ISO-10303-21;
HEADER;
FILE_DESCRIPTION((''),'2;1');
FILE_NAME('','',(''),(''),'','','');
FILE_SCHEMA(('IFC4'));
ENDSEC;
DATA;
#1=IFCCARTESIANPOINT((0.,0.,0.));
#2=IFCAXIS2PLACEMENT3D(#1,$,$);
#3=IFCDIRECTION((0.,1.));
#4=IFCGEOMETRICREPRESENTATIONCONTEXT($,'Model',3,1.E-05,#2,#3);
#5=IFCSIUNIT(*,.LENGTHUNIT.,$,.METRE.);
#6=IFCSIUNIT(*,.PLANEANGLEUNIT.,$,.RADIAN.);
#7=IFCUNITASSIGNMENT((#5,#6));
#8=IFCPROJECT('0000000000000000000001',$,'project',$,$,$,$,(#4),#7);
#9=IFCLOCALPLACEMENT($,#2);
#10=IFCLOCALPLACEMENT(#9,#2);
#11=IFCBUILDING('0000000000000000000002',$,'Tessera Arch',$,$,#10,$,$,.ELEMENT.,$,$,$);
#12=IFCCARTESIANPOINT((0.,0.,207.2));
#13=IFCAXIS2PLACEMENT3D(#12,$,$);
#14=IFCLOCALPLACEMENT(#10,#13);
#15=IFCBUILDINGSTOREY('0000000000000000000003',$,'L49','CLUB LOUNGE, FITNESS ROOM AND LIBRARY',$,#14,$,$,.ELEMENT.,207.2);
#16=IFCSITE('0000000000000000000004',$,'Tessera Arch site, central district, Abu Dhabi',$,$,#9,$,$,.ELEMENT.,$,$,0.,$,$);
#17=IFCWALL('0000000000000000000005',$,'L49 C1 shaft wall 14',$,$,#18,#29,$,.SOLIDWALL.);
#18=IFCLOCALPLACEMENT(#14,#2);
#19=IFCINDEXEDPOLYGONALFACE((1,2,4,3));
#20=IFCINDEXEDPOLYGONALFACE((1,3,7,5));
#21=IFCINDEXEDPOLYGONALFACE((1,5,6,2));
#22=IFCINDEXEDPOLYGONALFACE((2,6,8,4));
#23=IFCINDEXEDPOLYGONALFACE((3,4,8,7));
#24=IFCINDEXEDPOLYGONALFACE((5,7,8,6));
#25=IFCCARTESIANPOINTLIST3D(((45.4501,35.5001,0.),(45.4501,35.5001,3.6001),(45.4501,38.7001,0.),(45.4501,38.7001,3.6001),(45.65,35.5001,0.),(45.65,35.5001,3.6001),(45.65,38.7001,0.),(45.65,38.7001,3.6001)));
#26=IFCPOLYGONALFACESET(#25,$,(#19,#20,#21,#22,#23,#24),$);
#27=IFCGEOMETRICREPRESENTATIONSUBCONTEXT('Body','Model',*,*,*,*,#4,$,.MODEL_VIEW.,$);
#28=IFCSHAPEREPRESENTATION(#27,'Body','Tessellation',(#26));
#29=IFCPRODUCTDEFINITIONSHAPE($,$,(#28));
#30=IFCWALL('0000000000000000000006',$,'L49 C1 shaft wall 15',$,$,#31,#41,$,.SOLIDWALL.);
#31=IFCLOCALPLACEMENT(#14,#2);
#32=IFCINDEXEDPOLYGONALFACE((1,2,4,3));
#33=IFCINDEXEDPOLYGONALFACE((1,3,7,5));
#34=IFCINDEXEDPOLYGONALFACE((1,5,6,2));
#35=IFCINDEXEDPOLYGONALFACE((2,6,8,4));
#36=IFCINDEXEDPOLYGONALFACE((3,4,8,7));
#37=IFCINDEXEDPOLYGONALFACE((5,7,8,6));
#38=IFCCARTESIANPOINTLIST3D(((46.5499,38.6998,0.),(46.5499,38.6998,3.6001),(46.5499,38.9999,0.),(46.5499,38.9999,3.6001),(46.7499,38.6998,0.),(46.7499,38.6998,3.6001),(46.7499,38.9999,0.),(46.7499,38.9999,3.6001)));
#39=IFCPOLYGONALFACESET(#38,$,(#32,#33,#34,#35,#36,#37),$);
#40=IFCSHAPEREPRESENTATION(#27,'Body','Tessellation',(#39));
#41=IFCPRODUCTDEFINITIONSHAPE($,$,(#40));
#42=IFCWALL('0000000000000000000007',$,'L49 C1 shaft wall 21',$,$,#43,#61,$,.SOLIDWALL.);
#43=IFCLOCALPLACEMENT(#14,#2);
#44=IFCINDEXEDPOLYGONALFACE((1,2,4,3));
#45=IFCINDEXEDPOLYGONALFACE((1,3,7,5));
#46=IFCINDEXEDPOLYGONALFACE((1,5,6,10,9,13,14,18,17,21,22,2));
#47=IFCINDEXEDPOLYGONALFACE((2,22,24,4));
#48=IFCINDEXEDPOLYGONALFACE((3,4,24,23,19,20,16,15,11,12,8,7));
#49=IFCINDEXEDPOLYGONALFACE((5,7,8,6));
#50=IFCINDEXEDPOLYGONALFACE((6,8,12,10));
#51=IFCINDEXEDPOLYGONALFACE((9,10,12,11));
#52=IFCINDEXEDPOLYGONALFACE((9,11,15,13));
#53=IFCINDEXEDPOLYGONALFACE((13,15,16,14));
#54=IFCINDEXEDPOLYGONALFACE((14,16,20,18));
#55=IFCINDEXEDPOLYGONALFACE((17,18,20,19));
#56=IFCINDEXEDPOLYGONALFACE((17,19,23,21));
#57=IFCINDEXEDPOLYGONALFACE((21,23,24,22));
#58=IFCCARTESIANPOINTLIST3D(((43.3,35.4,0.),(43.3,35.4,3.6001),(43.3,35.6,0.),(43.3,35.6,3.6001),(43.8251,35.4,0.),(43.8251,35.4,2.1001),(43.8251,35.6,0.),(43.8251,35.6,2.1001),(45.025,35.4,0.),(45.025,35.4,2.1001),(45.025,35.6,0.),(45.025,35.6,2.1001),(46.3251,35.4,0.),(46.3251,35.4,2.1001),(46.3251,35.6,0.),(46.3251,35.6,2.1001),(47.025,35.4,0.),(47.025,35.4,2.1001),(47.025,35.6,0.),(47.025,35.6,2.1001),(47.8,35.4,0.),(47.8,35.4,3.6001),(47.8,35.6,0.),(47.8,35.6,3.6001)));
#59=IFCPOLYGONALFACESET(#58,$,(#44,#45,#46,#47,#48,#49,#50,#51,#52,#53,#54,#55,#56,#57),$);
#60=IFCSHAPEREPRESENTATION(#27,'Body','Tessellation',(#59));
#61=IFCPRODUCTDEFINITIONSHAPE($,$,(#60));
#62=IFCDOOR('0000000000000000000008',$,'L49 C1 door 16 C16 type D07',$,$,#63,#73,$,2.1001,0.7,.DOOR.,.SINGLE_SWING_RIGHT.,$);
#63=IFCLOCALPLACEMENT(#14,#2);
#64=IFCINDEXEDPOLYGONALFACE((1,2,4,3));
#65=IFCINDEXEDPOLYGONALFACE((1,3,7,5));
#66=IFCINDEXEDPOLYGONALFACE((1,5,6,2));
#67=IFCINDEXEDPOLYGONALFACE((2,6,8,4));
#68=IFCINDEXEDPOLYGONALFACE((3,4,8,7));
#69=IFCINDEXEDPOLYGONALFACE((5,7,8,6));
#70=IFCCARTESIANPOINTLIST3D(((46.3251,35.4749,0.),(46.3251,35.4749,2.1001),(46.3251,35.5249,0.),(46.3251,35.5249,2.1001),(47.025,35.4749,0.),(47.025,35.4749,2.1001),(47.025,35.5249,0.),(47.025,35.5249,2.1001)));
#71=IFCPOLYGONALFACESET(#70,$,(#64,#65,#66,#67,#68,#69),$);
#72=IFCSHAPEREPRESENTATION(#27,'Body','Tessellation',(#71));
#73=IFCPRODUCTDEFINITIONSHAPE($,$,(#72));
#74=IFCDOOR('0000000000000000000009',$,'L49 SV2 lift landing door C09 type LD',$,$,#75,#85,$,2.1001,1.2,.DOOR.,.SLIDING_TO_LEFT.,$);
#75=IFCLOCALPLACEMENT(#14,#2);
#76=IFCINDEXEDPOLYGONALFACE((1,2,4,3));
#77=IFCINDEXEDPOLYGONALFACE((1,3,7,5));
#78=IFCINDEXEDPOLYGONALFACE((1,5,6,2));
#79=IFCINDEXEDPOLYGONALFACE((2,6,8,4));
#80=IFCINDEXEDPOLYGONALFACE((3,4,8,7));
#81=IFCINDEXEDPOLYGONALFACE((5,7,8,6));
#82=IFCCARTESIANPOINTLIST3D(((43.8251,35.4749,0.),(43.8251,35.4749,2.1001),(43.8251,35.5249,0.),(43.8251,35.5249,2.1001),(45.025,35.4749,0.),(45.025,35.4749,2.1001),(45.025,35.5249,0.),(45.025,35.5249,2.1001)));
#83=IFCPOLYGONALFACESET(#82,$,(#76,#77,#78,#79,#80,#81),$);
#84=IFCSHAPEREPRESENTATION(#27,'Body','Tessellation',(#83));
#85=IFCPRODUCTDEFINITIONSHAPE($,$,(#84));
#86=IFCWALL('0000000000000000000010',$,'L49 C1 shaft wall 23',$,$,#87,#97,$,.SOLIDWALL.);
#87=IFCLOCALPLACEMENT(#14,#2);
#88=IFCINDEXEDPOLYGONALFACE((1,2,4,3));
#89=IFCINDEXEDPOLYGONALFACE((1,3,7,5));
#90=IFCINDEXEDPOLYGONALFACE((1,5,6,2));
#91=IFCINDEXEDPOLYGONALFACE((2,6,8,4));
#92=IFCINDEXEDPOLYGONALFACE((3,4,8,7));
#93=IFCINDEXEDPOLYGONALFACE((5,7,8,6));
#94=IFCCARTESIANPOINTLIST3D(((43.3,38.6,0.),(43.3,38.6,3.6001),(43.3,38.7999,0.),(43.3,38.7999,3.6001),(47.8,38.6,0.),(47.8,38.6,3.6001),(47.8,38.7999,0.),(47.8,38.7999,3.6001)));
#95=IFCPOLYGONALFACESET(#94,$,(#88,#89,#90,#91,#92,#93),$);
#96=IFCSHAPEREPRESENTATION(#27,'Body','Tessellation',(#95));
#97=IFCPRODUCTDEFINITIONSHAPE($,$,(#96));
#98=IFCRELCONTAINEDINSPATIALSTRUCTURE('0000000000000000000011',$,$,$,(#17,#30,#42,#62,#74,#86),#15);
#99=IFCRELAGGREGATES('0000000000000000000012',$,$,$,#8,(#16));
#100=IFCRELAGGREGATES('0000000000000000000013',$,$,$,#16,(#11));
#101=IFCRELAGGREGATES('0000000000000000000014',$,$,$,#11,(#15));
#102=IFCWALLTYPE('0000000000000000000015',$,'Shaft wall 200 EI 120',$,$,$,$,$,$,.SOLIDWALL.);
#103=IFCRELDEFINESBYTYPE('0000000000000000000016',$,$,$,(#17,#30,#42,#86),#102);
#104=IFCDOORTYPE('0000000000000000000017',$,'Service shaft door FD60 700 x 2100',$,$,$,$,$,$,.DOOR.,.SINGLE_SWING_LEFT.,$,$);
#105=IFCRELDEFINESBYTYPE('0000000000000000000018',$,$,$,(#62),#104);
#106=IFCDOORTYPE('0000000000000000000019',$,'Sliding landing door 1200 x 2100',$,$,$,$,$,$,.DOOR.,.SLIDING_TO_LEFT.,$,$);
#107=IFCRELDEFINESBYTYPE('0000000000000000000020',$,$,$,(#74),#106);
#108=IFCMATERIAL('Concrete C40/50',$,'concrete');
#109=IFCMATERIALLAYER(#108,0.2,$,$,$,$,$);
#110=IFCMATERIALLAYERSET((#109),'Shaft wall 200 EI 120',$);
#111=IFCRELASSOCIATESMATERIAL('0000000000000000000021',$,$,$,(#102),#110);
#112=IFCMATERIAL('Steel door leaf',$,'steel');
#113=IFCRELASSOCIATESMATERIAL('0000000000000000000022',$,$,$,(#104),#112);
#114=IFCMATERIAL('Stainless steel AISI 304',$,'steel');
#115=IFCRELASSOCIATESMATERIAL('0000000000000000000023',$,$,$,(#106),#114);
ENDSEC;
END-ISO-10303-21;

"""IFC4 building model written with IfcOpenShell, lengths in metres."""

from ifc_helpers import new_model, si_unit, direction, frame, frame_2d, origin, place, context, subcontext, project, spatial, rectangle, extrude, material, layer, layer_set, type_object, element, fill, save


model = new_model("IFC4")

# Units and contexts
model_context = context("Model", 3, precision=1e-05, world=origin(), true_north=direction((0.0, 1.0)))
body_context = subcontext(model_context, "Body", "Model", "MODEL_VIEW")
ifc_project = project(units=[si_unit("LENGTHUNIT", "METRE"), si_unit("PLANEANGLEUNIT", "RADIAN")], contexts=[model_context])

# Site, building, storey
site_placement = place(None, origin())
site = spatial("IfcSite", under=ifc_project, at=site_placement, Name="Tessera Arch site, central district, Abu Dhabi", CompositionType="ELEMENT", RefElevation=0.0)
building_placement = place(site_placement, origin())
building = spatial("IfcBuilding", under=site, at=building_placement, Name="Tessera Arch", CompositionType="ELEMENT")
storey_placement = place(building_placement, frame((0.0, 0.0, 207.2)))
storey = spatial("IfcBuildingStorey", under=building, at=storey_placement, Name="L49", Description="CLUB LOUNGE, FITNESS ROOM AND LIBRARY", CompositionType="ELEMENT", Elevation=207.2)

# Walls
ifc_material_1 = material(Name="Concrete C40/50", Category="concrete")
ifc_layer_1 = layer(ifc_material_1, 0.2)
ifc_layer_set_1 = layer_set([ifc_layer_1], Name="Shaft wall 200 EI 120")
wall_type_1 = type_object("IfcWallType", Name="Shaft wall 200 EI 120", PredefinedType="SOLIDWALL", material=ifc_layer_set_1)
for number, where, z_axis, x_axis, name in (
    (1, (45.55, 35.5, 0.0), (0.0, 0.0, 1.0), (0.0, 1.0, 0.0), "L49 C1 shaft wall 14"),
):
    element("IfcWall", number, at=place(storey_placement, frame(where, z_axis=z_axis, x_axis=x_axis)), inside=storey, type_object=wall_type_1, Name=name, PredefinedType="SOLIDWALL", context=body_context, shape_type="SweptSolid", body=[
        extrude(rectangle(XDim=3.2, YDim=0.2, at=frame_2d((1.6001, 0.0))), origin(), (0.0, 0.0, 1.0), 3.6001),
    ])
wall_1_placement = place(storey_placement, frame((46.6499, 38.7, 0.0), z_axis=(0.0, 0.0, 1.0), x_axis=(0.0, 1.0, 0.0)))
element("IfcWall", 2, at=wall_1_placement, inside=storey, type_object=wall_type_1, Name="L49 C1 shaft wall 15", PredefinedType="SOLIDWALL", context=body_context, shape_type="SweptSolid", body=[
    extrude(rectangle(XDim=0.3, YDim=0.2, at=frame_2d((0.1499, 0.0))), origin(), (0.0, 0.0, 1.0), 3.6001),
])

# Wall, openings, doors
wall_2_placement = place(storey_placement, frame((43.3, 35.5, 0.0), z_axis=(0.0, 0.0, 1.0), x_axis=(1.0, 0.0, 0.0)))
wall_2 = element("IfcWall", 3, at=wall_2_placement, inside=storey, type_object=wall_type_1, Name="L49 C1 shaft wall 21", PredefinedType="SOLIDWALL", context=body_context, shape_type="SweptSolid", body=[
    extrude(rectangle(XDim=4.5, YDim=0.2, at=frame_2d((2.25, 0.0))), origin(), (0.0, 0.0, 1.0), 3.6001),
])
opening_1_placement = place(wall_2_placement, frame((0.5249, 0.0, 0.0)))
opening_1 = element("IfcOpeningElement", 4, at=opening_1_placement, cuts=wall_2, PredefinedType="OPENING", context=body_context, shape_type="SweptSolid", body=[
    extrude(rectangle(XDim=1.2, YDim=2.1001, at=frame_2d((0.6001, 1.05))), frame((0.0, 0.1099, 0.0), z_axis=(0.0, -1.0, 0.0), x_axis=(1.0, 0.0, 0.0)), (0.0, 0.0, 1.0), 0.22),
])
opening_2_placement = place(wall_2_placement, frame((3.0249, 0.0, 0.0)))
opening_2 = element("IfcOpeningElement", 5, at=opening_2_placement, cuts=wall_2, PredefinedType="OPENING", context=body_context, shape_type="SweptSolid", body=[
    extrude(rectangle(XDim=0.7, YDim=2.1001, at=frame_2d((0.3501, 1.05))), frame((0.0, 0.1099, 0.0), z_axis=(0.0, -1.0, 0.0), x_axis=(1.0, 0.0, 0.0)), (0.0, 0.0, 1.0), 0.22),
])
ifc_material_2 = material(Name="Steel door leaf", Category="steel")
door_type_1 = type_object("IfcDoorType", Name="Service shaft door FD60 700 x 2100", OperationType="SINGLE_SWING_LEFT", PredefinedType="DOOR", material=ifc_material_2)
door_1_placement = place(opening_2_placement, origin())
door_1 = element("IfcDoor", 6, at=door_1_placement, inside=storey, type_object=door_type_1, Name="L49 C1 door 16 C16 type D07", OperationType="SINGLE_SWING_RIGHT", OverallHeight=2.1001, OverallWidth=0.7, PredefinedType="DOOR", context=body_context, shape_type="SweptSolid", body=[
    extrude(rectangle(XDim=0.7, YDim=2.1001, at=frame_2d((0.3501, 1.05))), frame((0.0, 0.0249, 0.0), z_axis=(0.0, -1.0, 0.0), x_axis=(1.0, 0.0, 0.0)), (0.0, 0.0, 1.0), 0.05),
])
fill(opening_2, door_1)
ifc_material_3 = material(Name="Stainless steel AISI 304", Category="steel")
door_type_2 = type_object("IfcDoorType", Name="Sliding landing door 1200 x 2100", OperationType="SLIDING_TO_LEFT", PredefinedType="DOOR", material=ifc_material_3)
door_2_placement = place(opening_1_placement, origin())
door_2 = element("IfcDoor", 7, at=door_2_placement, inside=storey, type_object=door_type_2, Name="L49 SV2 lift landing door C09 type LD", OperationType="SLIDING_TO_LEFT", OverallHeight=2.1001, OverallWidth=1.2, PredefinedType="DOOR", context=body_context, shape_type="SweptSolid", body=[
    extrude(rectangle(XDim=1.2, YDim=2.1001, at=frame_2d((0.6001, 1.05))), frame((0.0, 0.0249, 0.0), z_axis=(0.0, -1.0, 0.0), x_axis=(1.0, 0.0, 0.0)), (0.0, 0.0, 1.0), 0.05),
])
fill(opening_1, door_2)

# Wall
wall_3_placement = place(storey_placement, frame((43.3, 38.7, 0.0), z_axis=(0.0, 0.0, 1.0), x_axis=(1.0, 0.0, 0.0)))
element("IfcWall", 8, at=wall_3_placement, inside=storey, type_object=wall_type_1, Name="L49 C1 shaft wall 23", PredefinedType="SOLIDWALL", context=body_context, shape_type="SweptSolid", body=[
    extrude(rectangle(XDim=4.5, YDim=0.2, at=frame_2d((2.25, 0.0))), origin(), (0.0, 0.0, 1.0), 3.6001),
])

save(model, "model.ifc")
